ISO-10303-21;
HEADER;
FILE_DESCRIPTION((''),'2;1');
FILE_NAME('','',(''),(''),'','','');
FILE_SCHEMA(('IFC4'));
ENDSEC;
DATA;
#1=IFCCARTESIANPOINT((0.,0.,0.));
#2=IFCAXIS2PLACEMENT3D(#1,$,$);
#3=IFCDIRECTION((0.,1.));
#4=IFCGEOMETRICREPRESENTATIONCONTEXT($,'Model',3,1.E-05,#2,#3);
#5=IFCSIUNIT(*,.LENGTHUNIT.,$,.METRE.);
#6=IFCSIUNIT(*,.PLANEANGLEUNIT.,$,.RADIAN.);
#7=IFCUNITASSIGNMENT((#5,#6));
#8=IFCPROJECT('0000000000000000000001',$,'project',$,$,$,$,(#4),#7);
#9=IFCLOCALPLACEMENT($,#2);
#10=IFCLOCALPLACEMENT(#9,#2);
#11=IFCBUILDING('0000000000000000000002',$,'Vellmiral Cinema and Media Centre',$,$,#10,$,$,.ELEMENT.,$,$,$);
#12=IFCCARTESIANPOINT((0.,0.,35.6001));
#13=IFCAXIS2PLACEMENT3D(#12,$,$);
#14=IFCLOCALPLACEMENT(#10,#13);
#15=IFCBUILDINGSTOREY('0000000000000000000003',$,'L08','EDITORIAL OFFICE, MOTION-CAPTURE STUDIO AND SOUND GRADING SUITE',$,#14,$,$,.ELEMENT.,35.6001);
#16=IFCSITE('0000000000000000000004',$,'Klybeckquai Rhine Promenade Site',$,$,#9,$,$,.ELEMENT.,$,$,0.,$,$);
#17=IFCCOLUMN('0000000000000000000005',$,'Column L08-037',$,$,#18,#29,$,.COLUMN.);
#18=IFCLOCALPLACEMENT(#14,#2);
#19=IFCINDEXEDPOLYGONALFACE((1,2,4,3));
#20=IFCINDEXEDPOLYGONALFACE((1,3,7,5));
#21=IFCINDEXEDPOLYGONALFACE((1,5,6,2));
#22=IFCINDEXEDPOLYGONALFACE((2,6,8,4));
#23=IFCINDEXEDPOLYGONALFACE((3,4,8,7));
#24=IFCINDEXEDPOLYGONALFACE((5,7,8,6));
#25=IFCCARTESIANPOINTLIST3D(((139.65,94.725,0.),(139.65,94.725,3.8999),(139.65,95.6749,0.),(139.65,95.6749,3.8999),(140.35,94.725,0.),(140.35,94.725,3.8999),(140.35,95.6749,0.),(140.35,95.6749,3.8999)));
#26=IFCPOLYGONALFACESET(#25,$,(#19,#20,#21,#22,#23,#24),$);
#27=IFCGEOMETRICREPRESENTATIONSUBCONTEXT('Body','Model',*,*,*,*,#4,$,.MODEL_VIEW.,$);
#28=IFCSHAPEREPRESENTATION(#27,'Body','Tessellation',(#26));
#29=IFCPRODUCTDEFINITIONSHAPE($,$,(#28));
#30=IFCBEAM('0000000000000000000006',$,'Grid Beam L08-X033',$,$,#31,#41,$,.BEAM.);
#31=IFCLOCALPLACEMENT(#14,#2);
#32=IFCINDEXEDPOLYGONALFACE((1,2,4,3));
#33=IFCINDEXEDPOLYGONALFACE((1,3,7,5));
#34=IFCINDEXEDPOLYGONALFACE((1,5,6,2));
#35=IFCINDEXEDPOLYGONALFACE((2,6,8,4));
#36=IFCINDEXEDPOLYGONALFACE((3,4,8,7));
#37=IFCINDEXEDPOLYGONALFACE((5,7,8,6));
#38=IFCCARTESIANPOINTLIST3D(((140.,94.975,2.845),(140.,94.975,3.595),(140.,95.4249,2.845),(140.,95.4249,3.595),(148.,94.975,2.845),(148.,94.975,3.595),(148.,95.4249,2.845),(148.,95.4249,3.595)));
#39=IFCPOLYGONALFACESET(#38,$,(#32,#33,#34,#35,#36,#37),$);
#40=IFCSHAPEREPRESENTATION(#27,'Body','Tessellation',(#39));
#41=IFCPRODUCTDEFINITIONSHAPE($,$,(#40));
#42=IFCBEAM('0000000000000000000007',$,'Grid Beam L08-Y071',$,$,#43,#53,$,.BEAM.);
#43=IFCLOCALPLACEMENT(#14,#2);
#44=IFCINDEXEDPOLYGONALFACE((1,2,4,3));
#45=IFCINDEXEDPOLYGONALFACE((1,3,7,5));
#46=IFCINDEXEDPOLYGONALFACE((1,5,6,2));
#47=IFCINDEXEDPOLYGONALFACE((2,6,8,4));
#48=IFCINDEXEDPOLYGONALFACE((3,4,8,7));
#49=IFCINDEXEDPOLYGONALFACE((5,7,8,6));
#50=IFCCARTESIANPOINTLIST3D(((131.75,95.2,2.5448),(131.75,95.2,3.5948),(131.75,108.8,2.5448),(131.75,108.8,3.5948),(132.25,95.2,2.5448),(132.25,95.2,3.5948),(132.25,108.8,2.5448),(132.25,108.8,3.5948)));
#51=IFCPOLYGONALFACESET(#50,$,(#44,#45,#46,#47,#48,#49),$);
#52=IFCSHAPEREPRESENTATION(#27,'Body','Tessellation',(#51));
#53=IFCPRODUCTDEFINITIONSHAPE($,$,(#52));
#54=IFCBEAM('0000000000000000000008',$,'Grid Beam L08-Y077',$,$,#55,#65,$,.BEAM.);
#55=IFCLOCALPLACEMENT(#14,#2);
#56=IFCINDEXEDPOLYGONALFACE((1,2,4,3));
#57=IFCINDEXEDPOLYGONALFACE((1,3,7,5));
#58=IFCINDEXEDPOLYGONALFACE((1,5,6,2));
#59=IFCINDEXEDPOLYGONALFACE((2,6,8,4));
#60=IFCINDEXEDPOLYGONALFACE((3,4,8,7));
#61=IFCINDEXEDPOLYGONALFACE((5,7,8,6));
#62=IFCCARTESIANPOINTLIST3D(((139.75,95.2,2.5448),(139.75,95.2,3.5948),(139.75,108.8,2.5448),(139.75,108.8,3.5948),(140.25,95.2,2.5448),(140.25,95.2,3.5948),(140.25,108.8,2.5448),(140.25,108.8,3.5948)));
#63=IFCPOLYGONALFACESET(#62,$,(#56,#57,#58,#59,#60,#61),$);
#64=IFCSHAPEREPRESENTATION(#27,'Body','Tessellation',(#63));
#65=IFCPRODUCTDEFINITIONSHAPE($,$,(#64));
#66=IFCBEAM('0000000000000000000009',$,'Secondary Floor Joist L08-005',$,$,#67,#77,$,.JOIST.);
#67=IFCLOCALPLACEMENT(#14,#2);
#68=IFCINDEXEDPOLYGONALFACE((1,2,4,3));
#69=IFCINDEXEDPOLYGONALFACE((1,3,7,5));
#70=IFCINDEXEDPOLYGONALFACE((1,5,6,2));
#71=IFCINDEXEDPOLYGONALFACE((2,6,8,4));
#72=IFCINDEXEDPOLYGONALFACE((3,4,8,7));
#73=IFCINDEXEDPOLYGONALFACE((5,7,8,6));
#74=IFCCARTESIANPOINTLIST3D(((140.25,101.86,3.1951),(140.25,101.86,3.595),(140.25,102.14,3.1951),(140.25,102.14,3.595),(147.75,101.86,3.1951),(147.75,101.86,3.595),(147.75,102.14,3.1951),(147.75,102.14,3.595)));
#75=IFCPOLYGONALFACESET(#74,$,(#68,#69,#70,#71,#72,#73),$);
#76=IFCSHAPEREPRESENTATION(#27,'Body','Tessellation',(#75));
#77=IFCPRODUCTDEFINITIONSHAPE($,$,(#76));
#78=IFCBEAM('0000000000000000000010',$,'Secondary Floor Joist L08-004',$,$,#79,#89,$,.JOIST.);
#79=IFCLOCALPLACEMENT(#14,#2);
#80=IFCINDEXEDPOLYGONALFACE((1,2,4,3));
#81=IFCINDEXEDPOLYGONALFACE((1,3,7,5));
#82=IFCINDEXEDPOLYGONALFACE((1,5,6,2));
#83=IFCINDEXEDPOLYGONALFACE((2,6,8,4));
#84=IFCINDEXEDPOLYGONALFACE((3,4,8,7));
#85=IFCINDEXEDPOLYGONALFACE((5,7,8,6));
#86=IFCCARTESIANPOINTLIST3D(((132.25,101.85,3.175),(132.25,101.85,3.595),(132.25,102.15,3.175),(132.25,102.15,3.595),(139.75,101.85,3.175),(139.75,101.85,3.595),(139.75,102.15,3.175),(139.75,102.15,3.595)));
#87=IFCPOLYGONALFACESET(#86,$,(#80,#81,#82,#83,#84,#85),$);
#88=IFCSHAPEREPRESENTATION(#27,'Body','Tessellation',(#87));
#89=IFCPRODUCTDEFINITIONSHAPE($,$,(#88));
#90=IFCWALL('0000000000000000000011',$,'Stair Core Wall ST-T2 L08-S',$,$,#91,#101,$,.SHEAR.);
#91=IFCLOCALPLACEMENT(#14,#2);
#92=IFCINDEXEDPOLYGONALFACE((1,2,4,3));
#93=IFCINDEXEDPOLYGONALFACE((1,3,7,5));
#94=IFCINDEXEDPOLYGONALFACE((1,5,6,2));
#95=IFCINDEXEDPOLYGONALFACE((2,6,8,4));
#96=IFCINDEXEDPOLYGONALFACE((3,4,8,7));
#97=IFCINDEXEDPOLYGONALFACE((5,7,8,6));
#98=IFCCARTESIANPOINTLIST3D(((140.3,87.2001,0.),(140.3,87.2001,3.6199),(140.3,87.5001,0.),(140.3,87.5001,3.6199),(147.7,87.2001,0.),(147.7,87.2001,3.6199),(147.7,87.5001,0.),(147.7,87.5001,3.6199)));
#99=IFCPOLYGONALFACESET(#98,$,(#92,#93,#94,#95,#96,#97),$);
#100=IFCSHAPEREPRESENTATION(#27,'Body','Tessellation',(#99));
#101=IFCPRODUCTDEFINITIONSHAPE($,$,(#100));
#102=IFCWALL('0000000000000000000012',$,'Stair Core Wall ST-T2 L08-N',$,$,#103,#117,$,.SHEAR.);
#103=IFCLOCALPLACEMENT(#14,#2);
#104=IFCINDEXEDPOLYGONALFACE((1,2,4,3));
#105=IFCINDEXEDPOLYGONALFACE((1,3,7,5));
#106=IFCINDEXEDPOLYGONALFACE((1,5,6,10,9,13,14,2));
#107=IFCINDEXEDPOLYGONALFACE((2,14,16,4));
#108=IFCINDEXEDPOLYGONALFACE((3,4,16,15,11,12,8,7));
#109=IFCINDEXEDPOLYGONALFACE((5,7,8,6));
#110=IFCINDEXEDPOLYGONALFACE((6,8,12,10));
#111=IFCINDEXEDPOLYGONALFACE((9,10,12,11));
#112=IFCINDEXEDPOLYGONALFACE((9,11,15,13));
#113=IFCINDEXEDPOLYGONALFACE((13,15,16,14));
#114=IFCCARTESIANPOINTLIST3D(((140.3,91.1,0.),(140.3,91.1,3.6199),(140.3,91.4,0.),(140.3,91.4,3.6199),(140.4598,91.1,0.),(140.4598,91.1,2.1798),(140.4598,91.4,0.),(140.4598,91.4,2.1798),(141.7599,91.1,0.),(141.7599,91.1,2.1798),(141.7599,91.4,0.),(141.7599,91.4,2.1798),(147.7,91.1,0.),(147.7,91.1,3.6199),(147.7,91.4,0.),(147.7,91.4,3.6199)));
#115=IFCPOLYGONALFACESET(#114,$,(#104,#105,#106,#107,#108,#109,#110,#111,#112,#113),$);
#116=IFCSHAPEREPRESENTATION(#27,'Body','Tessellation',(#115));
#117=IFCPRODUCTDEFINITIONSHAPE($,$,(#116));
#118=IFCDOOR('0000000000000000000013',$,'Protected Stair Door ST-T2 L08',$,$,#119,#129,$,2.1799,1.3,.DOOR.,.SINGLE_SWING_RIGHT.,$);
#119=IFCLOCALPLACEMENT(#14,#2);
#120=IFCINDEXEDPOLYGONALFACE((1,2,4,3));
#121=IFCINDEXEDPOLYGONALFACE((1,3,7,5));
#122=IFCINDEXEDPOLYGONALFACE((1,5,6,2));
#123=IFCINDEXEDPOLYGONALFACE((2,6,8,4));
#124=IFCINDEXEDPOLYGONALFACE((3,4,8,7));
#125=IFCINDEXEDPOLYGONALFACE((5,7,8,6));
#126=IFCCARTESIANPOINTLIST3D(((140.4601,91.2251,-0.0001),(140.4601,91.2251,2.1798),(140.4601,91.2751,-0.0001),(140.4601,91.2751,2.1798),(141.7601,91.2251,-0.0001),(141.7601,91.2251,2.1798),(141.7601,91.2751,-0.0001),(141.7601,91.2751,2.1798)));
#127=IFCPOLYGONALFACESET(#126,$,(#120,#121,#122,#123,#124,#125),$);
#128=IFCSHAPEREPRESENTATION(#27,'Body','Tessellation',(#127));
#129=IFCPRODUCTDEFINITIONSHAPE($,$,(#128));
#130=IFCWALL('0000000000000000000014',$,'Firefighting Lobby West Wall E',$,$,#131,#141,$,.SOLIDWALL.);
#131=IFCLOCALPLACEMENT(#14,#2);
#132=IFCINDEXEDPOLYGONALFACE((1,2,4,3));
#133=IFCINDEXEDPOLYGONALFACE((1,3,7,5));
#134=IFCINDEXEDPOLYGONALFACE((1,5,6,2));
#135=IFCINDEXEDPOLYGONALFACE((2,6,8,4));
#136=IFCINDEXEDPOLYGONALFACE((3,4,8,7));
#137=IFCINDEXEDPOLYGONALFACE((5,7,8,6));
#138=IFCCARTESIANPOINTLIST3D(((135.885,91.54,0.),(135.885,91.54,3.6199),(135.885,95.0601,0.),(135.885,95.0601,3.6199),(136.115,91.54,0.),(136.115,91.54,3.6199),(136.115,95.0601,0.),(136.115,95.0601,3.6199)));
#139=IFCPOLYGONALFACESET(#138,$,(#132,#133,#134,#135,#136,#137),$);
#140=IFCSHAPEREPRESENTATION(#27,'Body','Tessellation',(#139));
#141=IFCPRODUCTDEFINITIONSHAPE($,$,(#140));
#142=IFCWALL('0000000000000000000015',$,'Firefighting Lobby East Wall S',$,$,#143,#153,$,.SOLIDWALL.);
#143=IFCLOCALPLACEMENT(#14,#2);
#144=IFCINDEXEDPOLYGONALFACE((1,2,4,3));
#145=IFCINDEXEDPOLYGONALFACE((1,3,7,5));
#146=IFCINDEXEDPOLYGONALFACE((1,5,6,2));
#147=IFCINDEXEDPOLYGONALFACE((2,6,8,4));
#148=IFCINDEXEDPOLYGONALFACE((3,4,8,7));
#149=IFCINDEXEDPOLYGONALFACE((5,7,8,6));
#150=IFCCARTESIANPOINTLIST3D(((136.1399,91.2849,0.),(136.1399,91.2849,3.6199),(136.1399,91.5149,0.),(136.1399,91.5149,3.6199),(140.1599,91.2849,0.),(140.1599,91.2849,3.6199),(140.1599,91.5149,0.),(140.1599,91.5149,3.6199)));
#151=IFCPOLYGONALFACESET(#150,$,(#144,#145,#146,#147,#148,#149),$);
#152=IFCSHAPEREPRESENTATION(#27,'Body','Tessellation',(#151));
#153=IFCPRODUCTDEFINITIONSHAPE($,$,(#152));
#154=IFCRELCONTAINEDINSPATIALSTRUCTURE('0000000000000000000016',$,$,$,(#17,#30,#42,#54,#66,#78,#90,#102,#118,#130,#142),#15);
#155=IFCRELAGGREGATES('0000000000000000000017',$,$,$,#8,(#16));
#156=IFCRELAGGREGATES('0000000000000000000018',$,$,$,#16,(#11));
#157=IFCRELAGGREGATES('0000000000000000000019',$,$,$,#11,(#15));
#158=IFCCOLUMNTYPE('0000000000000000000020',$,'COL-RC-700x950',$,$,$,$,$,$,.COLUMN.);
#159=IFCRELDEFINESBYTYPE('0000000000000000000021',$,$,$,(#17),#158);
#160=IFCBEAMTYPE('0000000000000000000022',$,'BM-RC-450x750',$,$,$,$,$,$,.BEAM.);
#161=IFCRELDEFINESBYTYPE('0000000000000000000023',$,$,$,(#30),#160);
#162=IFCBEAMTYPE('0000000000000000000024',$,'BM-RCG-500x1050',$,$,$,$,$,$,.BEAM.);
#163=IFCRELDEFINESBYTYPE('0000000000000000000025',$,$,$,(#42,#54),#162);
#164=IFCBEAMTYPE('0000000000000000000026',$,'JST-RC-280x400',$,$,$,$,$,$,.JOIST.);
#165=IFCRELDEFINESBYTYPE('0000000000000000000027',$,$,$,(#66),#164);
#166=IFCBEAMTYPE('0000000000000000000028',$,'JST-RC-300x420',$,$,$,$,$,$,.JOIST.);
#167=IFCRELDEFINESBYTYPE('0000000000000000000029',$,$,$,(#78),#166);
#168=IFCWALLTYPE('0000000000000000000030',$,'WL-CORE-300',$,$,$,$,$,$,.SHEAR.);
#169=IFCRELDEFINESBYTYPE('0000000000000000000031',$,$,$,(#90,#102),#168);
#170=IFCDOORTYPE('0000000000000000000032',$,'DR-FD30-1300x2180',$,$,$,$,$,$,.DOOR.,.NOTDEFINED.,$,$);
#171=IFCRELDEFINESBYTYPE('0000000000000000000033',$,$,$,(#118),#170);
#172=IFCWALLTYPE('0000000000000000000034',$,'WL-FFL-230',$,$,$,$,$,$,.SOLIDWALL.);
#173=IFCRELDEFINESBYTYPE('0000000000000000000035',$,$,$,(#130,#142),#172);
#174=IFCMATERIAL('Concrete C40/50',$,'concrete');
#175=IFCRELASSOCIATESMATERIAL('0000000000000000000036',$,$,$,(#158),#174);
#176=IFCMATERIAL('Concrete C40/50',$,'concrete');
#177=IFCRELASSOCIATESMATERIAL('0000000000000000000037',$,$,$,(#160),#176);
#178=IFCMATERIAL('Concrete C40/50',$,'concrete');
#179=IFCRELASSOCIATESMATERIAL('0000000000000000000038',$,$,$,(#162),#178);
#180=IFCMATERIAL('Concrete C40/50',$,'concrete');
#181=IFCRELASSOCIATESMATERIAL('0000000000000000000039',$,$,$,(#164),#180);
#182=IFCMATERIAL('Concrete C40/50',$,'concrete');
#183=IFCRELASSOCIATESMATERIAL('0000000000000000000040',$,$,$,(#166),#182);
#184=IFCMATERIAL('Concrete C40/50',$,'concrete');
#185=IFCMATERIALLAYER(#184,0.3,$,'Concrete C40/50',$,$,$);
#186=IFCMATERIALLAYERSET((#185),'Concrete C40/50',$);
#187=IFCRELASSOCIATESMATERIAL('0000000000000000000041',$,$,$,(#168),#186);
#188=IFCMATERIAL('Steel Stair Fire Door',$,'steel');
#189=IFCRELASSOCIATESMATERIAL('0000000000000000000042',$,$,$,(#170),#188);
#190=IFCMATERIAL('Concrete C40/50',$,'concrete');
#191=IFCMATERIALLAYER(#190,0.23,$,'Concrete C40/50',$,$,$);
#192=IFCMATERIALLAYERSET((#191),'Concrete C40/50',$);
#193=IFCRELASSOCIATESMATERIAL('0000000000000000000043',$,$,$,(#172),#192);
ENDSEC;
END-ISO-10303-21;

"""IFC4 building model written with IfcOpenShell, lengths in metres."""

from ifc_helpers import new_model, si_unit, direction, frame, frame_2d, origin, origin_2d, place, context, subcontext, project, spatial, rectangle, extrude, material, layer, layer_set, material_profile, profile_set, type_object, element, fill, save


model = new_model("IFC4")

# Units and contexts
model_context = context("Model", 3, precision=1e-05, world=origin(), true_north=direction((0.0, 1.0)))
body_context = subcontext(model_context, "Body", "Model", "MODEL_VIEW")
ifc_project = project(units=[si_unit("LENGTHUNIT", "METRE"), si_unit("PLANEANGLEUNIT", "RADIAN")], contexts=[model_context])

# Site, building, storey
site_placement = place(None, origin())
site = spatial("IfcSite", under=ifc_project, at=site_placement, Name="Klybeckquai Rhine Promenade Site", CompositionType="ELEMENT", RefElevation=0.0)
building_placement = place(site_placement, origin())
building = spatial("IfcBuilding", under=site, at=building_placement, Name="Vellmiral Cinema and Media Centre", CompositionType="ELEMENT")
storey_placement = place(building_placement, frame((0.0, 0.0, 35.6001)))
storey = spatial("IfcBuildingStorey", under=building, at=storey_placement, Name="L08", Description="EDITORIAL OFFICE, MOTION-CAPTURE STUDIO AND SOUND GRADING SUITE", CompositionType="ELEMENT", Elevation=35.6001)

# Column
ifc_material_1 = material(Name="Concrete C40/50", Category="concrete")
ifc_material_profile_1 = material_profile(ifc_material_1, rectangle(XDim=0.7, YDim=0.95, at=origin_2d()), Name="RC 700x950")
ifc_profile_set_1 = profile_set([ifc_material_profile_1], Name="Concrete C40/50")
column_type = type_object("IfcColumnType", Name="COL-RC-700x950", PredefinedType="COLUMN", material=ifc_profile_set_1)
column_placement = place(storey_placement, frame((140.0, 95.2, 0.0), z_axis=(0.0, 0.0, 1.0), x_axis=(1.0, 0.0, 0.0)))
element("IfcColumn", 1, at=column_placement, inside=storey, type_object=column_type, Name="Column L08-037", PredefinedType="COLUMN", context=body_context, shape_type="SweptSolid", body=[
    extrude(rectangle(XDim=0.7, YDim=0.95, at=origin_2d()), origin(), (0.0, 0.0, 1.0), 3.8999),
])

# Beams
ifc_material_2 = material(Name="Concrete C40/50", Category="concrete")
ifc_material_profile_2 = material_profile(ifc_material_2, rectangle(XDim=0.45, YDim=0.75, at=origin_2d()), Name="RC 450x750")
ifc_profile_set_2 = profile_set([ifc_material_profile_2], Name="Concrete C40/50")
beam_type_1 = type_object("IfcBeamType", Name="BM-RC-450x750", PredefinedType="BEAM", material=ifc_profile_set_2)
beam_1_placement = place(storey_placement, frame((140.0, 95.2, 3.22), z_axis=(1.0, 0.0, 0.0), x_axis=(0.0, 1.0, 0.0)))
element("IfcBeam", 2, at=beam_1_placement, inside=storey, type_object=beam_type_1, Name="Grid Beam L08-X033", PredefinedType="BEAM", context=body_context, shape_type="SweptSolid", body=[
    extrude(rectangle(XDim=0.45, YDim=0.75, at=origin_2d()), origin(), (0.0, 0.0, 1.0), 8.0),
])
ifc_material_3 = material(Name="Concrete C40/50", Category="concrete")
ifc_material_profile_3 = material_profile(ifc_material_3, rectangle(XDim=0.5, YDim=1.05, at=origin_2d()), Name="RC 500x1050")
ifc_profile_set_3 = profile_set([ifc_material_profile_3], Name="Concrete C40/50")
beam_type_2 = type_object("IfcBeamType", Name="BM-RCG-500x1050", PredefinedType="BEAM", material=ifc_profile_set_3)
for number, where, z_axis, x_axis, name in (
    (3, (132.0, 95.2, 3.0698), (0.0, 1.0, 0.0), (-1.0, 0.0, 0.0), "Grid Beam L08-Y071"),
    (4, (140.0, 95.2, 3.0698), (0.0, 1.0, 0.0), (-1.0, 0.0, 0.0), "Grid Beam L08-Y077"),
):
    element("IfcBeam", number, at=place(storey_placement, frame(where, z_axis=z_axis, x_axis=x_axis)), inside=storey, type_object=beam_type_2, Name=name, PredefinedType="BEAM", context=body_context, shape_type="SweptSolid", body=[
        extrude(rectangle(XDim=0.5, YDim=1.05, at=origin_2d()), origin(), (0.0, 0.0, 1.0), 13.6001),
    ])
ifc_material_4 = material(Name="Concrete C40/50", Category="concrete")
ifc_material_profile_4 = material_profile(ifc_material_4, rectangle(XDim=0.28, YDim=0.3999, at=origin_2d()), Name="RC 280x400")
ifc_profile_set_4 = profile_set([ifc_material_profile_4], Name="Concrete C40/50")
beam_type_3 = type_object("IfcBeamType", Name="JST-RC-280x400", PredefinedType="JOIST", material=ifc_profile_set_4)
beam_2_placement = place(storey_placement, frame((140.25, 102.0, 3.395), z_axis=(1.0, 0.0, 0.0), x_axis=(0.0, 1.0, 0.0)))
element("IfcBeam", 5, at=beam_2_placement, inside=storey, type_object=beam_type_3, Name="Secondary Floor Joist L08-005", PredefinedType="JOIST", context=body_context, shape_type="SweptSolid", body=[
    extrude(rectangle(XDim=0.28, YDim=0.3999, at=origin_2d()), origin(), (0.0, 0.0, 1.0), 7.5),
])
ifc_material_5 = material(Name="Concrete C40/50", Category="concrete")
ifc_material_profile_5 = material_profile(ifc_material_5, rectangle(XDim=0.3, YDim=0.4199, at=origin_2d()), Name="RC 300x420")
ifc_profile_set_5 = profile_set([ifc_material_profile_5], Name="Concrete C40/50")
beam_type_4 = type_object("IfcBeamType", Name="JST-RC-300x420", PredefinedType="JOIST", material=ifc_profile_set_5)
beam_3_placement = place(storey_placement, frame((132.25, 102.0, 3.385), z_axis=(1.0, 0.0, 0.0), x_axis=(0.0, 1.0, 0.0)))
element("IfcBeam", 6, at=beam_3_placement, inside=storey, type_object=beam_type_4, Name="Secondary Floor Joist L08-004", PredefinedType="JOIST", context=body_context, shape_type="SweptSolid", body=[
    extrude(rectangle(XDim=0.3, YDim=0.4199, at=origin_2d()), origin(), (0.0, 0.0, 1.0), 7.5),
])

# Wall
ifc_material_6 = material(Name="Concrete C40/50", Category="concrete")
ifc_layer_1 = layer(ifc_material_6, 0.3, Name="Concrete C40/50")
ifc_layer_set_1 = layer_set([ifc_layer_1], Name="Concrete C40/50")
wall_type_1 = type_object("IfcWallType", Name="WL-CORE-300", PredefinedType="SHEAR", material=ifc_layer_set_1)
wall_1_placement = place(storey_placement, frame((140.3, 87.3501, 0.0), z_axis=(0.0, 0.0, 1.0), x_axis=(1.0, 0.0, 0.0)))
element("IfcWall", 7, at=wall_1_placement, inside=storey, type_object=wall_type_1, Name="Stair Core Wall ST-T2 L08-S", PredefinedType="SHEAR", context=body_context, shape_type="SweptSolid", body=[
    extrude(rectangle(XDim=7.3999, YDim=0.3, at=frame_2d((3.7, 0.0))), origin(), (0.0, 0.0, 1.0), 3.6199),
])

# Wall, opening, door
wall_2_placement = place(storey_placement, frame((140.3, 91.25, 0.0), z_axis=(0.0, 0.0, 1.0), x_axis=(1.0, 0.0, 0.0)))
wall_2 = element("IfcWall", 8, at=wall_2_placement, inside=storey, type_object=wall_type_1, Name="Stair Core Wall ST-T2 L08-N", PredefinedType="SHEAR", context=body_context, shape_type="SweptSolid", body=[
    extrude(rectangle(XDim=7.3999, YDim=0.3, at=frame_2d((3.7, 0.0))), origin(), (0.0, 0.0, 1.0), 3.6199),
])
opening_1_placement = place(wall_2_placement, frame((0.1599, 0.0, 0.0)))
opening_1 = element("IfcOpeningElement", 9, at=opening_1_placement, cuts=wall_2, PredefinedType="OPENING", context=body_context, shape_type="SweptSolid", body=[
    extrude(rectangle(XDim=1.3, YDim=2.1799, at=frame_2d((0.6499, 1.0898))), frame((0.0, 0.1621, 0.0), z_axis=(0.0, -1.0, 0.0), x_axis=(1.0, 0.0, 0.0)), (0.0, 0.0, 1.0), 0.324),
])
ifc_material_7 = material(Name="Steel Stair Fire Door", Category="steel")
door_type_1 = type_object("IfcDoorType", Name="DR-FD30-1300x2180", OperationType="NOTDEFINED", PredefinedType="DOOR", material=ifc_material_7)
door_1_placement = place(opening_1_placement, frame((1.3, 0.0, 0.0), z_axis=(0.0, 0.0, 1.0), x_axis=(-1.0, 0.0, 0.0)))
door_1 = element("IfcDoor", 10, at=door_1_placement, inside=storey, type_object=door_type_1, Name="Protected Stair Door ST-T2 L08", OperationType="SINGLE_SWING_RIGHT", OverallHeight=2.1799, OverallWidth=1.3, PredefinedType="DOOR", context=body_context, shape_type="SweptSolid", body=[
    extrude(rectangle(XDim=1.3, YDim=2.1799, at=frame_2d((0.6499, 1.0898))), frame((0.0, 0.0249, 0.0), z_axis=(0.0, -1.0, 0.0), x_axis=(1.0, 0.0, 0.0)), (0.0, 0.0, 1.0), 0.05),
])
fill(opening_1, door_1)

# Walls
ifc_material_8 = material(Name="Concrete C40/50", Category="concrete")
ifc_layer_2 = layer(ifc_material_8, 0.23, Name="Concrete C40/50")
ifc_layer_set_2 = layer_set([ifc_layer_2], Name="Concrete C40/50")
wall_type_2 = type_object("IfcWallType", Name="WL-FFL-230", PredefinedType="SOLIDWALL", material=ifc_layer_set_2)
wall_3_placement = place(storey_placement, frame((136.0, 91.54, 0.0), z_axis=(0.0, 0.0, 1.0), x_axis=(0.0, 1.0, 0.0)))
element("IfcWall", 11, at=wall_3_placement, inside=storey, type_object=wall_type_2, Name="Firefighting Lobby West Wall E", PredefinedType="SOLIDWALL", context=body_context, shape_type="SweptSolid", body=[
    extrude(rectangle(XDim=3.52, YDim=0.23, at=frame_2d((1.76, 0.0))), origin(), (0.0, 0.0, 1.0), 3.6199),
])
wall_4_placement = place(storey_placement, frame((136.1399, 91.3999, 0.0), z_axis=(0.0, 0.0, 1.0), x_axis=(1.0, 0.0, 0.0)))
element("IfcWall", 12, at=wall_4_placement, inside=storey, type_object=wall_type_2, Name="Firefighting Lobby East Wall S", PredefinedType="SOLIDWALL", context=body_context, shape_type="SweptSolid", body=[
    extrude(rectangle(XDim=4.02, YDim=0.23, at=frame_2d((2.01, 0.0))), origin(), (0.0, 0.0, 1.0), 3.6199),
])

save(model, "model.ifc")
